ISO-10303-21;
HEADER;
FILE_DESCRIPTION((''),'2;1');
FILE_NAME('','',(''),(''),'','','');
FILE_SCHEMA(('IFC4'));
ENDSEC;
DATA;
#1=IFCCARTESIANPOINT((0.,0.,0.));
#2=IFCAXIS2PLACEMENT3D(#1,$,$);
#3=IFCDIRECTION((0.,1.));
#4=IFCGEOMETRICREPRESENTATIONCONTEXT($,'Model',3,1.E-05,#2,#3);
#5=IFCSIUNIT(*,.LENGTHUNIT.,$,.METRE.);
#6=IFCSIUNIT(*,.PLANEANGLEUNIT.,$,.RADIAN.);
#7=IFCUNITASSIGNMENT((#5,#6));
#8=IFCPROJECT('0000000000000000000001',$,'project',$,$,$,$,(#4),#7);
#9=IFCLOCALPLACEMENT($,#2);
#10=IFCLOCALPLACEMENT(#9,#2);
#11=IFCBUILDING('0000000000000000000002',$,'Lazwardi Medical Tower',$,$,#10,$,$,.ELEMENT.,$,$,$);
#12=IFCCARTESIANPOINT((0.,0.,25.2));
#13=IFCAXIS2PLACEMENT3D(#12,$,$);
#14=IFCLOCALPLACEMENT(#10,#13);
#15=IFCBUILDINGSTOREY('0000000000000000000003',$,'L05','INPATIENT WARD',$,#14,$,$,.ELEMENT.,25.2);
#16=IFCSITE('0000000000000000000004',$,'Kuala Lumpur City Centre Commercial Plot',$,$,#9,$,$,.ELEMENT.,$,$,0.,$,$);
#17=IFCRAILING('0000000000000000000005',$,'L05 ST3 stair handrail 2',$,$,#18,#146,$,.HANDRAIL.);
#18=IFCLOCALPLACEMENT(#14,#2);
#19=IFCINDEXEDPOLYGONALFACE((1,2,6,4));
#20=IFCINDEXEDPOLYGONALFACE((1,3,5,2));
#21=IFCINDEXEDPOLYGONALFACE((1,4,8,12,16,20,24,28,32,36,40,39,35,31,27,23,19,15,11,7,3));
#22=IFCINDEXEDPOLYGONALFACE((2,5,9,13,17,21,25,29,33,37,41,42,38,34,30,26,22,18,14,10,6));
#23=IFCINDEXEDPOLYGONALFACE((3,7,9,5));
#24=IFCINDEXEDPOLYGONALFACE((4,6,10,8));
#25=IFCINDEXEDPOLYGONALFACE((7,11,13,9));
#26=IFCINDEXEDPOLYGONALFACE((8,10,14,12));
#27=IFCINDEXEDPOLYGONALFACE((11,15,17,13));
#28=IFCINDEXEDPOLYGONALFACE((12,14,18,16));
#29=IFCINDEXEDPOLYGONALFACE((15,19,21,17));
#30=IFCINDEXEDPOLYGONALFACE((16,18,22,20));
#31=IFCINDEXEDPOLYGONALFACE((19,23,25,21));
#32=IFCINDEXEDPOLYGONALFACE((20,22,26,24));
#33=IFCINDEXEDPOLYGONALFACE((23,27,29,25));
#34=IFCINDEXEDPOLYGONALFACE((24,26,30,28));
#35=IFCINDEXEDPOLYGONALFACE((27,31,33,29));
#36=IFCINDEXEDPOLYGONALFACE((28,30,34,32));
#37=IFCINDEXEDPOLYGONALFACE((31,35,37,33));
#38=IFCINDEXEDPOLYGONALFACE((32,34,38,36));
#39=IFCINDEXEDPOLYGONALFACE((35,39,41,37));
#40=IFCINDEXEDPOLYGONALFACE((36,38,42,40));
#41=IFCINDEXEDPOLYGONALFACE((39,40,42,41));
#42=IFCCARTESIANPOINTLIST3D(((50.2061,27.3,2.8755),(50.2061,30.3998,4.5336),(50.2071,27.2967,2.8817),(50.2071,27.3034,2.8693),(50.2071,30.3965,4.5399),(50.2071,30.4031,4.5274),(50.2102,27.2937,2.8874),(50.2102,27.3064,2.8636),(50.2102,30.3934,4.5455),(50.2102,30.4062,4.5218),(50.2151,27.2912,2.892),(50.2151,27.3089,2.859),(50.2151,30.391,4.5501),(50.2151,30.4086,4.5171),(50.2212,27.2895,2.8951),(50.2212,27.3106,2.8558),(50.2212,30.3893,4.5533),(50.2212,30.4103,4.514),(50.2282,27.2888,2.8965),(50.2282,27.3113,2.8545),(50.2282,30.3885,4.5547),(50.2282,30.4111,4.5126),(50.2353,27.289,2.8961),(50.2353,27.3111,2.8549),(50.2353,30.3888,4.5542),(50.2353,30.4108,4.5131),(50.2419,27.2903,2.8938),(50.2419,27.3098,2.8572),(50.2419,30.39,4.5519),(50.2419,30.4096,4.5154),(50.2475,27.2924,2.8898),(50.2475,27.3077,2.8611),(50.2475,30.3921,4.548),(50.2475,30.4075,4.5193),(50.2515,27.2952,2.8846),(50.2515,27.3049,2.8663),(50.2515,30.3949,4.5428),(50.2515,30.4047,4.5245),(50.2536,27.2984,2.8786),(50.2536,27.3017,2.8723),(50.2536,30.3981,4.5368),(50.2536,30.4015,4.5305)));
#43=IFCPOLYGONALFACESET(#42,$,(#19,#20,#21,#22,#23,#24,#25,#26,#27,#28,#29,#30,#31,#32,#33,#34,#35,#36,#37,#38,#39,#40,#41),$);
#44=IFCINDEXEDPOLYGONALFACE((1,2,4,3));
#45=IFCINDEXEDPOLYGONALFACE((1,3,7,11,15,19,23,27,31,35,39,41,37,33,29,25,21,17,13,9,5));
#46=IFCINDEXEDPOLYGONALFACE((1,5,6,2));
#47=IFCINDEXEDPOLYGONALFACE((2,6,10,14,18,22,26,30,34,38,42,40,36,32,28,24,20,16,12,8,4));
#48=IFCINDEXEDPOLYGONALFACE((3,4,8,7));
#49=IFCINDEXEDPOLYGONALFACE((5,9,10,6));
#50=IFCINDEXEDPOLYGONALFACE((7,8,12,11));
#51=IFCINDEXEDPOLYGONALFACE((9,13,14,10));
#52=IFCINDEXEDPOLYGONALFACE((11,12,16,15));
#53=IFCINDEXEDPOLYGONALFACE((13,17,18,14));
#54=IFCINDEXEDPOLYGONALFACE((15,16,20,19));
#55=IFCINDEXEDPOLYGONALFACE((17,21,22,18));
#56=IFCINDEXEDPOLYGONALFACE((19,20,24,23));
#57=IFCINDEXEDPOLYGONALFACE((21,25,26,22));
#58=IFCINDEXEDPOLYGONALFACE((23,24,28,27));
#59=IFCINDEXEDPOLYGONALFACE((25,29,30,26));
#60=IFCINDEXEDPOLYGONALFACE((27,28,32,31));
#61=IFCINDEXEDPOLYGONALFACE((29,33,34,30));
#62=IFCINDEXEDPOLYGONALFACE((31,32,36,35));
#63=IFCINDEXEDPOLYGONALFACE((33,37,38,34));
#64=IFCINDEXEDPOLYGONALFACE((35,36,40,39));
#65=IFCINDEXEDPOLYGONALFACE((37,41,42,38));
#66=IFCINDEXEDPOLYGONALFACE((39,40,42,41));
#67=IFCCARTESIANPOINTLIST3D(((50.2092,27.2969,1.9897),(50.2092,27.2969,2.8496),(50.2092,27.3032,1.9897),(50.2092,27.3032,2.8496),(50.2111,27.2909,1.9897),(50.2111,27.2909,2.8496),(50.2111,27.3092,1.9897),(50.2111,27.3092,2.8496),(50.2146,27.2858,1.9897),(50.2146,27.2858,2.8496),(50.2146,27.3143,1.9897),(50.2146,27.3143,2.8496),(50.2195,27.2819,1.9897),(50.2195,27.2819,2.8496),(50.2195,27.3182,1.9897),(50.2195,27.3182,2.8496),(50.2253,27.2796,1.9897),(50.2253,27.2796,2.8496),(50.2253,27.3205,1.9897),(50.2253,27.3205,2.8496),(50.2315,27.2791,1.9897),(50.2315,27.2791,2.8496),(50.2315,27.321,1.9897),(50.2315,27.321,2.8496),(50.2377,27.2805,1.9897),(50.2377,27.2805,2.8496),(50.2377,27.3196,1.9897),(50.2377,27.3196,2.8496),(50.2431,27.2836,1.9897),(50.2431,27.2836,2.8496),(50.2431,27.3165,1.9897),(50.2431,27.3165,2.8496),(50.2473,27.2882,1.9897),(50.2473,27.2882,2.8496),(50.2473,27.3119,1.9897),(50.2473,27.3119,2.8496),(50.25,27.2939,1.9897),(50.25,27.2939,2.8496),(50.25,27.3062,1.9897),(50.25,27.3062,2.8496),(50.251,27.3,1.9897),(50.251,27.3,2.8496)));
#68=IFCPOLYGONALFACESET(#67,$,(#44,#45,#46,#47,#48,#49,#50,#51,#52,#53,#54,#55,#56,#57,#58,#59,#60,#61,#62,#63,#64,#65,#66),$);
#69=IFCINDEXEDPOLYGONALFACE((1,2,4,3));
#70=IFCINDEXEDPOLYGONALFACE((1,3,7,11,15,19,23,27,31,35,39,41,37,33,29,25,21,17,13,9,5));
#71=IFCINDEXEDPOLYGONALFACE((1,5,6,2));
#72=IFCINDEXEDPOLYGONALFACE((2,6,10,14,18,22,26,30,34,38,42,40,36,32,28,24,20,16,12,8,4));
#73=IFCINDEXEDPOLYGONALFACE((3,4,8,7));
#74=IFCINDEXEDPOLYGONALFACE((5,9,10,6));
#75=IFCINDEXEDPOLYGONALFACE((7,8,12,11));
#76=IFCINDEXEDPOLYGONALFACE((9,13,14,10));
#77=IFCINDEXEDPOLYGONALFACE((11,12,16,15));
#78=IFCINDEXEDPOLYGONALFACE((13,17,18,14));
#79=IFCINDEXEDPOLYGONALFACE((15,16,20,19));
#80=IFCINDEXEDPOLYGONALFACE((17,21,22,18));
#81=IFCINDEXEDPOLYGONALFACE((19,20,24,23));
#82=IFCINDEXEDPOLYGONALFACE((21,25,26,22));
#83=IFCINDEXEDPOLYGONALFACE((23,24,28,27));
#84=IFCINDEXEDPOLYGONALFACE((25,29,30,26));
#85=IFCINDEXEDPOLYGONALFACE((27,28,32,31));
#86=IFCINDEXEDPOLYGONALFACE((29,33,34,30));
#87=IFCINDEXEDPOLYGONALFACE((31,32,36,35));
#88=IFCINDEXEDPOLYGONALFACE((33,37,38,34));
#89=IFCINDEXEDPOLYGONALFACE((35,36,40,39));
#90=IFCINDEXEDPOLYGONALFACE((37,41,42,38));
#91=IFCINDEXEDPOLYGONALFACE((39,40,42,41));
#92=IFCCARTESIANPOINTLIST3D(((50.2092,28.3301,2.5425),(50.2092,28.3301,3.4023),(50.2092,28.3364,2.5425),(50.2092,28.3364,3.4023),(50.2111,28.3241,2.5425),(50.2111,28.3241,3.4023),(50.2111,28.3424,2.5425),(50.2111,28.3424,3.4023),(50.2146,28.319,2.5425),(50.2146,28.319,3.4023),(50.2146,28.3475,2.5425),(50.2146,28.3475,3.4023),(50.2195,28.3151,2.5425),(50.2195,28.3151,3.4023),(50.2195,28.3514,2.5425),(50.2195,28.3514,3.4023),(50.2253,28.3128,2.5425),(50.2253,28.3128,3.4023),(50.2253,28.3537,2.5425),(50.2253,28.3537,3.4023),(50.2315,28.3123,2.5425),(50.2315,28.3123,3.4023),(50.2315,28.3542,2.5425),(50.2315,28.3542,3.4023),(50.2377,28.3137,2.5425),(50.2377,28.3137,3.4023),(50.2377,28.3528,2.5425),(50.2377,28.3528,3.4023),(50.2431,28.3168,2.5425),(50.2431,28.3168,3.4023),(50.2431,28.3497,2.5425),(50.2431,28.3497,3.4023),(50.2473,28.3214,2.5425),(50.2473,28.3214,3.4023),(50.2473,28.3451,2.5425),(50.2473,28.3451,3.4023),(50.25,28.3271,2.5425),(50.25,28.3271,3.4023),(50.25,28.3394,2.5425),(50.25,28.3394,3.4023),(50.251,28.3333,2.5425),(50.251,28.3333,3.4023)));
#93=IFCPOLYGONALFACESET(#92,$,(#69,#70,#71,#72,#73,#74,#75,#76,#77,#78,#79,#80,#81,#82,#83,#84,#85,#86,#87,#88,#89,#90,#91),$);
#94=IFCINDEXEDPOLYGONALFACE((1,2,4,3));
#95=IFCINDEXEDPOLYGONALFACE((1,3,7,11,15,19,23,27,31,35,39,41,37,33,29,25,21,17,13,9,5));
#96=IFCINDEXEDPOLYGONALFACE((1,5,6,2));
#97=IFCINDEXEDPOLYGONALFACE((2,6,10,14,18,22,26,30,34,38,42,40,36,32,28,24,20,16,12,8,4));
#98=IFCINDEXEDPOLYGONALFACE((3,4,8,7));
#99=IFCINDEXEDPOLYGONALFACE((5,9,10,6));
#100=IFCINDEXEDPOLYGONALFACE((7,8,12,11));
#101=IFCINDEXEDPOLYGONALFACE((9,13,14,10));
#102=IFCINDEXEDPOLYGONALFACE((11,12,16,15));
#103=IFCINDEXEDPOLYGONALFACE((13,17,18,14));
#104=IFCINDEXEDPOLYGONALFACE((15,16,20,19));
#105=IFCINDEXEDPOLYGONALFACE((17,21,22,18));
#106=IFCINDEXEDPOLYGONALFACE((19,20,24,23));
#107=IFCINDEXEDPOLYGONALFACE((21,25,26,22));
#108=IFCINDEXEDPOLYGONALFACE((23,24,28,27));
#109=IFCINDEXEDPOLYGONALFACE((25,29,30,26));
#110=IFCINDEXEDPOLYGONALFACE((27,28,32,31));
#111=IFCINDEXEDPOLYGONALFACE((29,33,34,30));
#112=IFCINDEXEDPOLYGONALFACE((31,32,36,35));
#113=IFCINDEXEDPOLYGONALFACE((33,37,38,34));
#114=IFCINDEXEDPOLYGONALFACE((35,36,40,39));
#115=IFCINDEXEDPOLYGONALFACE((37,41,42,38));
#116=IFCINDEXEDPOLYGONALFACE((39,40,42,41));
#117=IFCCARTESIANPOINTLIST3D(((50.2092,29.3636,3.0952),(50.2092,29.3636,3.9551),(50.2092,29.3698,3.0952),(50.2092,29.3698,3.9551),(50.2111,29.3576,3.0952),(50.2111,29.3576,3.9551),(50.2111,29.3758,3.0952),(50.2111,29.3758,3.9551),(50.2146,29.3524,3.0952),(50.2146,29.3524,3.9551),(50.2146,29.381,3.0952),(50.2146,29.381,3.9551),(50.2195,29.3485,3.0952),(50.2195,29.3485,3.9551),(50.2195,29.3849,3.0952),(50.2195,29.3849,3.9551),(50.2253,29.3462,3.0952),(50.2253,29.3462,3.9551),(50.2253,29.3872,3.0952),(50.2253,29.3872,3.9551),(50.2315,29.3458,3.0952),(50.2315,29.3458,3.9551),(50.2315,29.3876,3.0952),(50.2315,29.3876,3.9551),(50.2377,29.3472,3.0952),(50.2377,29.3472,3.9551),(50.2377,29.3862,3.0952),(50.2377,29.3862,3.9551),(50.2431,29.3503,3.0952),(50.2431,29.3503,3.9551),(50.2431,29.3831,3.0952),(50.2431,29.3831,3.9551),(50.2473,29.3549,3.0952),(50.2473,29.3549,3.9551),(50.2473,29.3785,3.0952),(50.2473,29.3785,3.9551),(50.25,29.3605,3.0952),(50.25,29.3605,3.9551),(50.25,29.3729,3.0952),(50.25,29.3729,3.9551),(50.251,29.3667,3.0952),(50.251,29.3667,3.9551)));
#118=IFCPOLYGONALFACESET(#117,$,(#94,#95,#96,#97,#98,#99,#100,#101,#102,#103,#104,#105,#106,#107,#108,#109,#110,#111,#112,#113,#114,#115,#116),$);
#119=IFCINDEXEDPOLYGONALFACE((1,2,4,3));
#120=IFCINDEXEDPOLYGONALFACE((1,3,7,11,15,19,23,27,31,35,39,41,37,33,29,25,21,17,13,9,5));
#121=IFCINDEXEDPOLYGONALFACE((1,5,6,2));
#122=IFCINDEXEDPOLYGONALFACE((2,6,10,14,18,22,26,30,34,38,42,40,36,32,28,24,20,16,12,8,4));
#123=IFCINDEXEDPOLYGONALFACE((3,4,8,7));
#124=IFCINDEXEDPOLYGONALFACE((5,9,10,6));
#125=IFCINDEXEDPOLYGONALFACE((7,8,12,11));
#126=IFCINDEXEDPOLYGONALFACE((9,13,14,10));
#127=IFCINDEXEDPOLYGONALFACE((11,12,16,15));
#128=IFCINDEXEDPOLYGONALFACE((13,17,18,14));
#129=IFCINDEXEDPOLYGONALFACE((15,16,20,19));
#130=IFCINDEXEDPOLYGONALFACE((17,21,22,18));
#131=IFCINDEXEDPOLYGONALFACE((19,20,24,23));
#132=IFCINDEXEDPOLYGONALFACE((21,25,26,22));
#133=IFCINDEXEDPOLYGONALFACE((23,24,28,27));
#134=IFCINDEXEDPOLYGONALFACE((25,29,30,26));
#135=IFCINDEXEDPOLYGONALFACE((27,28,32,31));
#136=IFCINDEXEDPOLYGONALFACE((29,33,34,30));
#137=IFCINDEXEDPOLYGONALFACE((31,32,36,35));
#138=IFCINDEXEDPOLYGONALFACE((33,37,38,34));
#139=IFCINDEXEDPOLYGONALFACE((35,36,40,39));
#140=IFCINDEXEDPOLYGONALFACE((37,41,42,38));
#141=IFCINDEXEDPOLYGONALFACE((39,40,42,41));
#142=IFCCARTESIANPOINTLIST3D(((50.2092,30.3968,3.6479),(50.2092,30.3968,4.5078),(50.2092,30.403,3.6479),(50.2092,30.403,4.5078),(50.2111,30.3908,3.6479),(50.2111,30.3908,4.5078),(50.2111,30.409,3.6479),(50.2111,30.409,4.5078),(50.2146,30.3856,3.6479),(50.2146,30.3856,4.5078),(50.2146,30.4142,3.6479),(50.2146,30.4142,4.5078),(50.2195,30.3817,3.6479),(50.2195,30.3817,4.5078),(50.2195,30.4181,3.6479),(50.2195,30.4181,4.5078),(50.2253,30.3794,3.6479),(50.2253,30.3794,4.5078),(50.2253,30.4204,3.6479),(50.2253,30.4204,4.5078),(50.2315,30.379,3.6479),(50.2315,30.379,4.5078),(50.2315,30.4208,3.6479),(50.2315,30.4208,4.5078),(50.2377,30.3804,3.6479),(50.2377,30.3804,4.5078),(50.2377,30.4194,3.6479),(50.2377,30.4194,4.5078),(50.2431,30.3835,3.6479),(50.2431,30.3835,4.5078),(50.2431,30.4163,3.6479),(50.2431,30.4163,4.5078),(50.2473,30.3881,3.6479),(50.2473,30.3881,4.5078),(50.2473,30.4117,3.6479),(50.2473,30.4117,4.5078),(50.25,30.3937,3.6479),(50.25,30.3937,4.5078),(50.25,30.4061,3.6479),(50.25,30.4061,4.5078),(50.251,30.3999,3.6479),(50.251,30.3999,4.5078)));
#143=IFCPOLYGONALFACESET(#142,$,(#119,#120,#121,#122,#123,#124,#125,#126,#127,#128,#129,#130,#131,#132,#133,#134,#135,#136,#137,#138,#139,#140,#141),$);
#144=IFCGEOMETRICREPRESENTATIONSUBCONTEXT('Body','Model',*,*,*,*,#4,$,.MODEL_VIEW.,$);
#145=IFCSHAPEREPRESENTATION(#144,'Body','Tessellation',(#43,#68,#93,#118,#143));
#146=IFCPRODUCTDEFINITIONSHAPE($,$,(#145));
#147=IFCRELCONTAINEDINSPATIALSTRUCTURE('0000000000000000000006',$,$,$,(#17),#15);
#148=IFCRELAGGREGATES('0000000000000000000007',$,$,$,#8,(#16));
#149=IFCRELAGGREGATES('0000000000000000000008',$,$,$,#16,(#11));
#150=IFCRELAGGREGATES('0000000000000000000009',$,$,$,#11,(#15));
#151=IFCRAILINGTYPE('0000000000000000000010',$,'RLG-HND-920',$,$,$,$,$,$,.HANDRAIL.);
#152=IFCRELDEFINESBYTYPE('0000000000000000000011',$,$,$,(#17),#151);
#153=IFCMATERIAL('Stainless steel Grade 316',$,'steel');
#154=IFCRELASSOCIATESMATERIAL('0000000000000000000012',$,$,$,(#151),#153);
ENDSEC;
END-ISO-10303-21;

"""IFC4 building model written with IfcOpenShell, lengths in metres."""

from ifc_helpers import new_model, si_unit, direction, frame, origin, origin_2d, place, context, subcontext, project, spatial, circle, extrude, material, type_object, element, save


model = new_model("IFC4")

# Units and contexts
model_context = context("Model", 3, precision=1e-05, world=origin(), true_north=direction((0.0, 1.0)))
body_context = subcontext(model_context, "Body", "Model", "MODEL_VIEW")
ifc_project = project(units=[si_unit("LENGTHUNIT", "METRE"), si_unit("PLANEANGLEUNIT", "RADIAN")], contexts=[model_context])

# Site, building, storey
site_placement = place(None, origin())
site = spatial("IfcSite", under=ifc_project, at=site_placement, Name="Kuala Lumpur City Centre Commercial Plot", CompositionType="ELEMENT", RefElevation=0.0)
building_placement = place(site_placement, origin())
building = spatial("IfcBuilding", under=site, at=building_placement, Name="Lazwardi Medical Tower", CompositionType="ELEMENT")
storey_placement = place(building_placement, frame((0.0, 0.0, 25.2)))
storey = spatial("IfcBuildingStorey", under=building, at=storey_placement, Name="L05", Description="INPATIENT WARD", CompositionType="ELEMENT", Elevation=25.2)

# Railing
ifc_material_1 = material(Name="Stainless steel Grade 316", Category="steel")
railing_type_1 = type_object("IfcRailingType", Name="RLG-HND-920", PredefinedType="HANDRAIL", material=ifc_material_1)
railing_1_placement = place(storey_placement, frame((50.23, 27.3, 1.9897)))
element("IfcRailing", 1, at=railing_1_placement, inside=storey, type_object=railing_type_1, Name="L05 ST3 stair handrail 2", PredefinedType="HANDRAIL", context=body_context, shape_type="SweptSolid", body=[
    extrude(circle(Radius=0.0239, at=origin_2d()), frame((0.0, 0.0, 0.8857), z_axis=(0.0, 0.881768, 0.471684), x_axis=(-1.0, 0.0, 0.0)), (0.0, 0.0, 1.0), 3.5154),
    extrude(circle(Radius=0.021, at=origin_2d()), origin(), (0.0, 0.0, 1.0), 0.8599),
    extrude(circle(Radius=0.021, at=origin_2d()), frame((0.0, 1.0332, 0.5527)), (0.0, 0.0, 1.0), 0.8599),
    extrude(circle(Radius=0.021, at=origin_2d()), frame((0.0, 2.0667, 1.1055)), (0.0, 0.0, 1.0), 0.8599),
    extrude(circle(Radius=0.021, at=origin_2d()), frame((0.0, 3.0999, 1.6582)), (0.0, 0.0, 1.0), 0.8599),
])

save(model, "model.ifc")
